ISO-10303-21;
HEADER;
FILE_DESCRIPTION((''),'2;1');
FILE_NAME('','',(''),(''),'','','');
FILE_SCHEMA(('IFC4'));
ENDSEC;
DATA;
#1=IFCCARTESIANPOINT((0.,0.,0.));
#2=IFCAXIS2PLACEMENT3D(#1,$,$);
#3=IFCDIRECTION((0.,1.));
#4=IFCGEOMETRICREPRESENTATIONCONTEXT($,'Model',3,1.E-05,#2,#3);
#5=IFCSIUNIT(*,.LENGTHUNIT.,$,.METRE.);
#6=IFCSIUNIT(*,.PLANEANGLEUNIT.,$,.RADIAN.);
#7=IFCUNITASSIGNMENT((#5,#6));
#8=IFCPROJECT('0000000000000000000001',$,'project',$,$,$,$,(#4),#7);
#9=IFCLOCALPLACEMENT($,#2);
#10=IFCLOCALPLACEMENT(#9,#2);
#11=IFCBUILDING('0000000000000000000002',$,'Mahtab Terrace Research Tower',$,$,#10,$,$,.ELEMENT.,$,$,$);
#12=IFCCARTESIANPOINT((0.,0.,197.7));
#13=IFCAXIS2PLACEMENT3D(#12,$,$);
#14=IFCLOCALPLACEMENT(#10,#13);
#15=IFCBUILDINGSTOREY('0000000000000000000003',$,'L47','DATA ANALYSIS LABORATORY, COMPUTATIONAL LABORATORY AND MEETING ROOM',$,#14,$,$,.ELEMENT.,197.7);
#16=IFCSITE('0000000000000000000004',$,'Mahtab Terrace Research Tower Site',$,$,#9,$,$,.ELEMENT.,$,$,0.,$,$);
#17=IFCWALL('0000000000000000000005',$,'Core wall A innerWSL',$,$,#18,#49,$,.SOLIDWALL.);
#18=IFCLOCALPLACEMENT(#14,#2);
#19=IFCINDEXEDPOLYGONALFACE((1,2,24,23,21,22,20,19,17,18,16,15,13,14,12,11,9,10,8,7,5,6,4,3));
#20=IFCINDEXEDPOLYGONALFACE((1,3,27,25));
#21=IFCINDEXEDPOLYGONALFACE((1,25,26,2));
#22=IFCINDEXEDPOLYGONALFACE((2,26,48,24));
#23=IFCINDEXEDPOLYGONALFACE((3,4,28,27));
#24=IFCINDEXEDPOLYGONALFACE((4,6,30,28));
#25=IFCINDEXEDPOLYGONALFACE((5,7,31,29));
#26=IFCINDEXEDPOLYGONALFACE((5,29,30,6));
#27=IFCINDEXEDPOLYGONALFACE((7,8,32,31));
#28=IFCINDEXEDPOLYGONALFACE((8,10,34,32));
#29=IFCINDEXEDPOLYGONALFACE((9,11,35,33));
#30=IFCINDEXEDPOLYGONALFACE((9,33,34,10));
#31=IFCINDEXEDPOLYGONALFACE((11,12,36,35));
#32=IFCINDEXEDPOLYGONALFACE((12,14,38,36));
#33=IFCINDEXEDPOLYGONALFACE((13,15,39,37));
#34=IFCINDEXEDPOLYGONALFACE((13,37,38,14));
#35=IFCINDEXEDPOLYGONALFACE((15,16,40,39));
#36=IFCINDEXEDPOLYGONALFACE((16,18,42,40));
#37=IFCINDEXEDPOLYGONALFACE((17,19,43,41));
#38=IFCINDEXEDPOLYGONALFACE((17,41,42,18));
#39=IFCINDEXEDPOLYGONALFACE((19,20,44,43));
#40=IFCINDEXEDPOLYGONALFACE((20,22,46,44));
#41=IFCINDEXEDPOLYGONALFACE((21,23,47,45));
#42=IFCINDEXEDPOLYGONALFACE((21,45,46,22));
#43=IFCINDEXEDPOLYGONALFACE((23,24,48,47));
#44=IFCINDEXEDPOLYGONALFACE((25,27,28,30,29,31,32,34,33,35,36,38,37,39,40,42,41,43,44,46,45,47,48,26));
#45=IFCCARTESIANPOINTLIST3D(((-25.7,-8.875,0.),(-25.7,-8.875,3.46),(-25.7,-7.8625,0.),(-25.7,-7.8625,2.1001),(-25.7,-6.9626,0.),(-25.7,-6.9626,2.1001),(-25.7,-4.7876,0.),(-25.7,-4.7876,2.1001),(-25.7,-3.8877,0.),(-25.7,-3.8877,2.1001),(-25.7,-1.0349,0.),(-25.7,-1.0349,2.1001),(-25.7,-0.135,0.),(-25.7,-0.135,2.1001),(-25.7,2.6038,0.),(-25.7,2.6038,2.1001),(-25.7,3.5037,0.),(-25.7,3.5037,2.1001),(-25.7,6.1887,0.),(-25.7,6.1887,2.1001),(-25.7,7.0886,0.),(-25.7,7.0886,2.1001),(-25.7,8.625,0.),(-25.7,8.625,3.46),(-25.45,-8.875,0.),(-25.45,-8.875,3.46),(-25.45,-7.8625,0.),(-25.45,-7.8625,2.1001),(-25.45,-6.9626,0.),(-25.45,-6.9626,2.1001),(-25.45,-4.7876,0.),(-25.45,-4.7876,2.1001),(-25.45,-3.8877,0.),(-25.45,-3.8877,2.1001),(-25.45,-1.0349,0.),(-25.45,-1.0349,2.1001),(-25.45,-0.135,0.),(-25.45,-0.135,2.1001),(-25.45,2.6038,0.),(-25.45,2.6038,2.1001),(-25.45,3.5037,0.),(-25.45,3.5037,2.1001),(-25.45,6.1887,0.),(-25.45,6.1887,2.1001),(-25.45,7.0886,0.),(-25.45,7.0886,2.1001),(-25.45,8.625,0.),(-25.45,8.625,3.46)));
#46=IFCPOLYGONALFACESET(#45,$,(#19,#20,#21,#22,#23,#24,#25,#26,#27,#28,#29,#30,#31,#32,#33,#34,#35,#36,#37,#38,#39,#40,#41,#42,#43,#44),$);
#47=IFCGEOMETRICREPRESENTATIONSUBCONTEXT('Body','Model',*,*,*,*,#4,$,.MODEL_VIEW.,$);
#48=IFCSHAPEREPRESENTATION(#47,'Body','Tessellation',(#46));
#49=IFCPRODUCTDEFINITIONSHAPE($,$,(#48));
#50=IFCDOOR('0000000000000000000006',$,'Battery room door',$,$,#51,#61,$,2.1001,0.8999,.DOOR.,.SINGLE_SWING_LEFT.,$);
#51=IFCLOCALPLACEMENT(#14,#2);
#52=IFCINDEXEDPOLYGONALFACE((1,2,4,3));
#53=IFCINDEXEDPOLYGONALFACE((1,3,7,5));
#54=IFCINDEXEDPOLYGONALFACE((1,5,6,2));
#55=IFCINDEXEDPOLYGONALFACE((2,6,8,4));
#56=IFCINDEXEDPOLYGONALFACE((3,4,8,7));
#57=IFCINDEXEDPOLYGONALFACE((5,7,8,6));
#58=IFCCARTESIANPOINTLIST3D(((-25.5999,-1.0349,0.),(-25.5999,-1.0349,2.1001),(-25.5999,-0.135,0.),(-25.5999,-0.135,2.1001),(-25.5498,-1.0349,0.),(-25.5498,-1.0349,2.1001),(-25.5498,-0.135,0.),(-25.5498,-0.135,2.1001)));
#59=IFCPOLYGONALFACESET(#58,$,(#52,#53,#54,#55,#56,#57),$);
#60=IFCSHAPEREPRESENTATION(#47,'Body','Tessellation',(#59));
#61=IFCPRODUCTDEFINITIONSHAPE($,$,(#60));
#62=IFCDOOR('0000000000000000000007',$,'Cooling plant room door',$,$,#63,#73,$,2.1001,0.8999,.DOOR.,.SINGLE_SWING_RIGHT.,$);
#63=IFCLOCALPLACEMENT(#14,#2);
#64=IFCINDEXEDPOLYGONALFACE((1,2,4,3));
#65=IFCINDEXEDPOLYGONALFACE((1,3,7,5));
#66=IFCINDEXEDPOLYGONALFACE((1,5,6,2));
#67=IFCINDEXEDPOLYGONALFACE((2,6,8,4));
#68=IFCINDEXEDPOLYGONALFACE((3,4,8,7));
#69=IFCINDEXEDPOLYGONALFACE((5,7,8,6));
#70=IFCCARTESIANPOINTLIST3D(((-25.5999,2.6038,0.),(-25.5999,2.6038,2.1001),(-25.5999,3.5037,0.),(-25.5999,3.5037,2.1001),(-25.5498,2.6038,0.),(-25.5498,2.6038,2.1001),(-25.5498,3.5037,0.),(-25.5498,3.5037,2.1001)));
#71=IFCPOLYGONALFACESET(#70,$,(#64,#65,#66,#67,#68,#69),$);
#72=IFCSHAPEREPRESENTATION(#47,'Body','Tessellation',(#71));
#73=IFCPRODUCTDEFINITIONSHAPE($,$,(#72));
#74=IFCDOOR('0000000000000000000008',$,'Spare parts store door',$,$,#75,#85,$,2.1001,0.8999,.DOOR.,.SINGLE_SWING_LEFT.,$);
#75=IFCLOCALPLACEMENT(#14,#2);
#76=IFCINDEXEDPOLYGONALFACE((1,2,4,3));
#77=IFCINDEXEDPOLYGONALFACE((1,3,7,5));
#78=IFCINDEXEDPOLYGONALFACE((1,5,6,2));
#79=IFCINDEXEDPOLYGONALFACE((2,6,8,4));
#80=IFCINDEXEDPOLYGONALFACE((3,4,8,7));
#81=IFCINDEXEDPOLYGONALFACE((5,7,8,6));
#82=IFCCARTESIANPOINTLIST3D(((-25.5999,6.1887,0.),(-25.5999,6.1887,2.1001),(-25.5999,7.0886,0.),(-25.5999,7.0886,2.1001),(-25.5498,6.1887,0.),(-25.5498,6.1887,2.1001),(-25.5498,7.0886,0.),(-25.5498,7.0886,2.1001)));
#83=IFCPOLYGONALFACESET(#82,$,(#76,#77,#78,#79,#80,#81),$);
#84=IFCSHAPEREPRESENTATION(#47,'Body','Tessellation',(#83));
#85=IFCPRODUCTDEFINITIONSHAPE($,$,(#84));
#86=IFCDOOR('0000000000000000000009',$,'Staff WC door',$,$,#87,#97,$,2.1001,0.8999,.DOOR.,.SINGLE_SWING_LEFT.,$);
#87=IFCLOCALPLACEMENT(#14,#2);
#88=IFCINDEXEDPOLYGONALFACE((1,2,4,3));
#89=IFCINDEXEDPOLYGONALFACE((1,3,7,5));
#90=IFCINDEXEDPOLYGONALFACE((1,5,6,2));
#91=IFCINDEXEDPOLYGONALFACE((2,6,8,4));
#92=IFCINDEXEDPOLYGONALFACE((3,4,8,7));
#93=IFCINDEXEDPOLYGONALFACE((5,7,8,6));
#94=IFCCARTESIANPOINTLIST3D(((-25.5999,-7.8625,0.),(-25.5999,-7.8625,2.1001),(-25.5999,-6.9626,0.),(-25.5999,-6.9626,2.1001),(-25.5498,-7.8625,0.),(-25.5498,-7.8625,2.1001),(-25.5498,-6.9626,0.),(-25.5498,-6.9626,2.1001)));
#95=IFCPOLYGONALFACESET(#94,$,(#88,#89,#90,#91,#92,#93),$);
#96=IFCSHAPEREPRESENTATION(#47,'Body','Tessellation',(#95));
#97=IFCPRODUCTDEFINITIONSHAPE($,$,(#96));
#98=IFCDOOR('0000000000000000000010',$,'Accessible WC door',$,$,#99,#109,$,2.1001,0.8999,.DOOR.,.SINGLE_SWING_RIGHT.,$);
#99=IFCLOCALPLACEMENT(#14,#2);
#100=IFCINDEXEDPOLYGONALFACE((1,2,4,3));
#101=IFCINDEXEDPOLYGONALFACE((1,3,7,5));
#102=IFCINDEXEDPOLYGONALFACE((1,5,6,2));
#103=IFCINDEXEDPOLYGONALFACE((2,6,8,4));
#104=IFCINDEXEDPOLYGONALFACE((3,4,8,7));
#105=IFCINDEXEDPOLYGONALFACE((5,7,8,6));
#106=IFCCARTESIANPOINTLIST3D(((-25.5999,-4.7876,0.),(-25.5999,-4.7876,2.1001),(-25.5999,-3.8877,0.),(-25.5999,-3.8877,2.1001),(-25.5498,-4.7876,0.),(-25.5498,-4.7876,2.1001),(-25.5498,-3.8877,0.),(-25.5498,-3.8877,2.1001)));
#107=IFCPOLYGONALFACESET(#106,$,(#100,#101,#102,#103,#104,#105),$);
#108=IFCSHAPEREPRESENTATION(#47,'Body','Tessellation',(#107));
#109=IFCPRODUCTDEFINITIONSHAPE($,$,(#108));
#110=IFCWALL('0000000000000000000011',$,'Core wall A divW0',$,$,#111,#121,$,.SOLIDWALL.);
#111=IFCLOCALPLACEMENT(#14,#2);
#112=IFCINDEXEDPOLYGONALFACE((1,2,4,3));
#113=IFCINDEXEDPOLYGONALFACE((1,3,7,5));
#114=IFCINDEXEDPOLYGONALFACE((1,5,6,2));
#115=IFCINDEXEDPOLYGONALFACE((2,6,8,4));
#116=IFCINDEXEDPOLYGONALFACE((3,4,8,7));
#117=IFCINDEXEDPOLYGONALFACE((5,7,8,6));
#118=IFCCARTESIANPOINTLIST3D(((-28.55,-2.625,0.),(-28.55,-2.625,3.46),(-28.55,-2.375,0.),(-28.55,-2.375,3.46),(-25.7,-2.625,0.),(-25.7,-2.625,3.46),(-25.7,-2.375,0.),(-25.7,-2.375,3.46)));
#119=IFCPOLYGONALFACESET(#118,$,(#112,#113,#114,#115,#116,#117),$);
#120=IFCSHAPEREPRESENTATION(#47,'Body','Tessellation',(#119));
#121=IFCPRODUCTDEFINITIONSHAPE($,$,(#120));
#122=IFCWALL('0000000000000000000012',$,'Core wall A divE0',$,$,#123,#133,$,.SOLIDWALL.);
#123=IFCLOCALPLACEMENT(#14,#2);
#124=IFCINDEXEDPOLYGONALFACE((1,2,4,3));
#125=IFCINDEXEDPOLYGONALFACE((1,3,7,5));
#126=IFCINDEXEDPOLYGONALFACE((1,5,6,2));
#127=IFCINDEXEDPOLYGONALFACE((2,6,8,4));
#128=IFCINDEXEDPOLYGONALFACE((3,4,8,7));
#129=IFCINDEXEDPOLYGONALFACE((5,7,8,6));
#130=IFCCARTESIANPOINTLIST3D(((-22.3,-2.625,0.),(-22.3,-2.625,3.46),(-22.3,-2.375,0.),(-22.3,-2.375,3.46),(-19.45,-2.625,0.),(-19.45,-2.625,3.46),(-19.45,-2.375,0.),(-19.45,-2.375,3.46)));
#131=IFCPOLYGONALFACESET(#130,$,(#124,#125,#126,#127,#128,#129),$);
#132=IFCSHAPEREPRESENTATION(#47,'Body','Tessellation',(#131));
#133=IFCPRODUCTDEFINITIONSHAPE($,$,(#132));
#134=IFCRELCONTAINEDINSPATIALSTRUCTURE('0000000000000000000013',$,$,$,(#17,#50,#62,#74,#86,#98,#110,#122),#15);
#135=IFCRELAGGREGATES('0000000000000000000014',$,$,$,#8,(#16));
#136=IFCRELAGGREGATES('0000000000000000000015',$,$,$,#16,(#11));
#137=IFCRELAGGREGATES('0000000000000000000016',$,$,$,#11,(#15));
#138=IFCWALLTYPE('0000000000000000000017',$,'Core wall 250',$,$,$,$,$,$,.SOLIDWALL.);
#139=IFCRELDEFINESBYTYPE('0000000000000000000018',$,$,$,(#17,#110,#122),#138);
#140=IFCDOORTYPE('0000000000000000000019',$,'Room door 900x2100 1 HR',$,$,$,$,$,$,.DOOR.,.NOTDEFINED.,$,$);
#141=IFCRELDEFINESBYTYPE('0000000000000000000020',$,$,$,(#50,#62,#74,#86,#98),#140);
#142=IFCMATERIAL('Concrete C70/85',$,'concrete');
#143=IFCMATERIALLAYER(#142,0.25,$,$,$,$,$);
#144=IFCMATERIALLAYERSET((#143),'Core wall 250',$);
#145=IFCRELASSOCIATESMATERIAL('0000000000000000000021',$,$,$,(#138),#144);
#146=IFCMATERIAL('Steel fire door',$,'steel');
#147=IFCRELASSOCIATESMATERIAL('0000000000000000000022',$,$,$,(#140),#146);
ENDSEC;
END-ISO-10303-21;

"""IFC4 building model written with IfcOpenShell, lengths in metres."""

from ifc_helpers import new_model, si_unit, direction, frame, frame_2d, origin, place, context, subcontext, project, spatial, rectangle, extrude, material, layer, layer_set, type_object, element, fill, save


model = new_model("IFC4")

# Units and contexts
model_context = context("Model", 3, precision=1e-05, world=origin(), true_north=direction((0.0, 1.0)))
body_context = subcontext(model_context, "Body", "Model", "MODEL_VIEW")
ifc_project = project(units=[si_unit("LENGTHUNIT", "METRE"), si_unit("PLANEANGLEUNIT", "RADIAN")], contexts=[model_context])

# Site, building, storey
site_placement = place(None, origin())
site = spatial("IfcSite", under=ifc_project, at=site_placement, Name="Mahtab Terrace Research Tower Site", CompositionType="ELEMENT", RefElevation=0.0)
building_placement = place(site_placement, origin())
building = spatial("IfcBuilding", under=site, at=building_placement, Name="Mahtab Terrace Research Tower", CompositionType="ELEMENT")
storey_placement = place(building_placement, frame((0.0, 0.0, 197.7)))
storey = spatial("IfcBuildingStorey", under=building, at=storey_placement, Name="L47", Description="DATA ANALYSIS LABORATORY, COMPUTATIONAL LABORATORY AND MEETING ROOM", CompositionType="ELEMENT", Elevation=197.7)

# Shared definitions
ifc_material_1 = material(Name="Concrete C70/85", Category="concrete")

# Shared definitions
ifc_layer_1 = layer(ifc_material_1, 0.25)
ifc_layer_set_1 = layer_set([ifc_layer_1], Name="Core wall 250")
wall_type_1 = type_object("IfcWallType", Name="Core wall 250", PredefinedType="SOLIDWALL", material=ifc_layer_set_1)

# Shared definitions
ifc_material_2 = material(Name="Steel fire door", Category="steel")

# Wall, openings, doors
wall_1_placement = place(storey_placement, frame((-25.575, -8.875, 0.0), z_axis=(0.0, 0.0, 1.0), x_axis=(0.0, 1.0, 0.0)))
wall_1 = element("IfcWall", 1, at=wall_1_placement, inside=storey, type_object=wall_type_1, Name="Core wall A innerWSL", PredefinedType="SOLIDWALL", context=body_context, shape_type="SweptSolid", body=[
    extrude(rectangle(XDim=17.5, YDim=0.25, at=frame_2d((8.75, 0.0))), origin(), (0.0, 0.0, 1.0), 3.46),
])
opening_1_placement = place(wall_1_placement, frame((7.8401, 0.0, 0.0)))
opening_1 = element("IfcOpeningElement", 2, at=opening_1_placement, cuts=wall_1, PredefinedType="OPENING", context=body_context, shape_type="SweptSolid", body=[
    extrude(rectangle(XDim=0.8999, YDim=2.1001, at=frame_2d((0.45, 1.05))), frame((0.0, 0.135, 0.0), z_axis=(0.0, -1.0, 0.0), x_axis=(1.0, 0.0, 0.0)), (0.0, 0.0, 1.0), 0.27),
])
opening_2_placement = place(wall_1_placement, frame((11.4788, 0.0, 0.0)))
opening_2 = element("IfcOpeningElement", 3, at=opening_2_placement, cuts=wall_1, PredefinedType="OPENING", context=body_context, shape_type="SweptSolid", body=[
    extrude(rectangle(XDim=0.8999, YDim=2.1001, at=frame_2d((0.45, 1.05))), frame((0.0, 0.135, 0.0), z_axis=(0.0, -1.0, 0.0), x_axis=(1.0, 0.0, 0.0)), (0.0, 0.0, 1.0), 0.27),
])
opening_3_placement = place(wall_1_placement, frame((15.0637, 0.0, 0.0)))
opening_3 = element("IfcOpeningElement", 4, at=opening_3_placement, cuts=wall_1, PredefinedType="OPENING", context=body_context, shape_type="SweptSolid", body=[
    extrude(rectangle(XDim=0.8999, YDim=2.1001, at=frame_2d((0.45, 1.05))), frame((0.0, 0.135, 0.0), z_axis=(0.0, -1.0, 0.0), x_axis=(1.0, 0.0, 0.0)), (0.0, 0.0, 1.0), 0.27),
])
opening_4_placement = place(wall_1_placement, frame((1.0125, 0.0, 0.0)))
opening_4 = element("IfcOpeningElement", 5, at=opening_4_placement, cuts=wall_1, PredefinedType="OPENING", context=body_context, shape_type="SweptSolid", body=[
    extrude(rectangle(XDim=0.8999, YDim=2.1001, at=frame_2d((0.45, 1.05))), frame((0.0, 0.135, 0.0), z_axis=(0.0, -1.0, 0.0), x_axis=(1.0, 0.0, 0.0)), (0.0, 0.0, 1.0), 0.27),
])
opening_5_placement = place(wall_1_placement, frame((4.0874, 0.0, 0.0)))
opening_5 = element("IfcOpeningElement", 6, at=opening_5_placement, cuts=wall_1, PredefinedType="OPENING", context=body_context, shape_type="SweptSolid", body=[
    extrude(rectangle(XDim=0.8999, YDim=2.1001, at=frame_2d((0.45, 1.05))), frame((0.0, 0.135, 0.0), z_axis=(0.0, -1.0, 0.0), x_axis=(1.0, 0.0, 0.0)), (0.0, 0.0, 1.0), 0.27),
])
door_type_1 = type_object("IfcDoorType", Name="Room door 900x2100 1 HR", OperationType="NOTDEFINED", PredefinedType="DOOR", material=ifc_material_2)
door_1_placement = place(opening_1_placement, origin())
door_1 = element("IfcDoor", 7, at=door_1_placement, inside=storey, type_object=door_type_1, Name="Battery room door", OperationType="SINGLE_SWING_LEFT", OverallHeight=2.1001, OverallWidth=0.8999, PredefinedType="DOOR", context=body_context, shape_type="SweptSolid", body=[
    extrude(rectangle(XDim=0.8999, YDim=2.1001, at=frame_2d((0.45, 1.05))), frame((0.0, 0.0249, 0.0), z_axis=(0.0, -1.0, 0.0), x_axis=(1.0, 0.0, 0.0)), (0.0, 0.0, 1.0), 0.05),
])
fill(opening_1, door_1)
door_2_placement = place(opening_2_placement, origin())
door_2 = element("IfcDoor", 8, at=door_2_placement, inside=storey, type_object=door_type_1, Name="Cooling plant room door", OperationType="SINGLE_SWING_RIGHT", OverallHeight=2.1001, OverallWidth=0.8999, PredefinedType="DOOR", context=body_context, shape_type="SweptSolid", body=[
    extrude(rectangle(XDim=0.8999, YDim=2.1001, at=frame_2d((0.45, 1.05))), frame((0.0, 0.0249, 0.0), z_axis=(0.0, -1.0, 0.0), x_axis=(1.0, 0.0, 0.0)), (0.0, 0.0, 1.0), 0.05),
])
fill(opening_2, door_2)
door_3_placement = place(opening_3_placement, origin())
door_3 = element("IfcDoor", 9, at=door_3_placement, inside=storey, type_object=door_type_1, Name="Spare parts store door", OperationType="SINGLE_SWING_LEFT", OverallHeight=2.1001, OverallWidth=0.8999, PredefinedType="DOOR", context=body_context, shape_type="SweptSolid", body=[
    extrude(rectangle(XDim=0.8999, YDim=2.1001, at=frame_2d((0.45, 1.05))), frame((0.0, 0.0249, 0.0), z_axis=(0.0, -1.0, 0.0), x_axis=(1.0, 0.0, 0.0)), (0.0, 0.0, 1.0), 0.05),
])
fill(opening_3, door_3)
door_4_placement = place(opening_4_placement, origin())
door_4 = element("IfcDoor", 10, at=door_4_placement, inside=storey, type_object=door_type_1, Name="Staff WC door", OperationType="SINGLE_SWING_LEFT", OverallHeight=2.1001, OverallWidth=0.8999, PredefinedType="DOOR", context=body_context, shape_type="SweptSolid", body=[
    extrude(rectangle(XDim=0.8999, YDim=2.1001, at=frame_2d((0.45, 1.05))), frame((0.0, 0.0249, 0.0), z_axis=(0.0, -1.0, 0.0), x_axis=(1.0, 0.0, 0.0)), (0.0, 0.0, 1.0), 0.05),
])
fill(opening_4, door_4)
door_5_placement = place(opening_5_placement, origin())
door_5 = element("IfcDoor", 11, at=door_5_placement, inside=storey, type_object=door_type_1, Name="Accessible WC door", OperationType="SINGLE_SWING_RIGHT", OverallHeight=2.1001, OverallWidth=0.8999, PredefinedType="DOOR", context=body_context, shape_type="SweptSolid", body=[
    extrude(rectangle(XDim=0.8999, YDim=2.1001, at=frame_2d((0.45, 1.05))), frame((0.0, 0.0249, 0.0), z_axis=(0.0, -1.0, 0.0), x_axis=(1.0, 0.0, 0.0)), (0.0, 0.0, 1.0), 0.05),
])
fill(opening_5, door_5)

# Walls
for number, where, z_axis, x_axis, name in (
    (12, (-28.55, -2.5, 0.0), (0.0, 0.0, 1.0), (1.0, 0.0, 0.0), "Core wall A divW0"),
    (13, (-22.3, -2.5, 0.0), (0.0, 0.0, 1.0), (1.0, 0.0, 0.0), "Core wall A divE0"),
):
    element("IfcWall", number, at=place(storey_placement, frame(where, z_axis=z_axis, x_axis=x_axis)), inside=storey, type_object=wall_type_1, Name=name, PredefinedType="SOLIDWALL", context=body_context, shape_type="SweptSolid", body=[
        extrude(rectangle(XDim=2.8501, YDim=0.25, at=frame_2d((1.425, 0.0))), origin(), (0.0, 0.0, 1.0), 3.46),
    ])

save(model, "model.ifc")
